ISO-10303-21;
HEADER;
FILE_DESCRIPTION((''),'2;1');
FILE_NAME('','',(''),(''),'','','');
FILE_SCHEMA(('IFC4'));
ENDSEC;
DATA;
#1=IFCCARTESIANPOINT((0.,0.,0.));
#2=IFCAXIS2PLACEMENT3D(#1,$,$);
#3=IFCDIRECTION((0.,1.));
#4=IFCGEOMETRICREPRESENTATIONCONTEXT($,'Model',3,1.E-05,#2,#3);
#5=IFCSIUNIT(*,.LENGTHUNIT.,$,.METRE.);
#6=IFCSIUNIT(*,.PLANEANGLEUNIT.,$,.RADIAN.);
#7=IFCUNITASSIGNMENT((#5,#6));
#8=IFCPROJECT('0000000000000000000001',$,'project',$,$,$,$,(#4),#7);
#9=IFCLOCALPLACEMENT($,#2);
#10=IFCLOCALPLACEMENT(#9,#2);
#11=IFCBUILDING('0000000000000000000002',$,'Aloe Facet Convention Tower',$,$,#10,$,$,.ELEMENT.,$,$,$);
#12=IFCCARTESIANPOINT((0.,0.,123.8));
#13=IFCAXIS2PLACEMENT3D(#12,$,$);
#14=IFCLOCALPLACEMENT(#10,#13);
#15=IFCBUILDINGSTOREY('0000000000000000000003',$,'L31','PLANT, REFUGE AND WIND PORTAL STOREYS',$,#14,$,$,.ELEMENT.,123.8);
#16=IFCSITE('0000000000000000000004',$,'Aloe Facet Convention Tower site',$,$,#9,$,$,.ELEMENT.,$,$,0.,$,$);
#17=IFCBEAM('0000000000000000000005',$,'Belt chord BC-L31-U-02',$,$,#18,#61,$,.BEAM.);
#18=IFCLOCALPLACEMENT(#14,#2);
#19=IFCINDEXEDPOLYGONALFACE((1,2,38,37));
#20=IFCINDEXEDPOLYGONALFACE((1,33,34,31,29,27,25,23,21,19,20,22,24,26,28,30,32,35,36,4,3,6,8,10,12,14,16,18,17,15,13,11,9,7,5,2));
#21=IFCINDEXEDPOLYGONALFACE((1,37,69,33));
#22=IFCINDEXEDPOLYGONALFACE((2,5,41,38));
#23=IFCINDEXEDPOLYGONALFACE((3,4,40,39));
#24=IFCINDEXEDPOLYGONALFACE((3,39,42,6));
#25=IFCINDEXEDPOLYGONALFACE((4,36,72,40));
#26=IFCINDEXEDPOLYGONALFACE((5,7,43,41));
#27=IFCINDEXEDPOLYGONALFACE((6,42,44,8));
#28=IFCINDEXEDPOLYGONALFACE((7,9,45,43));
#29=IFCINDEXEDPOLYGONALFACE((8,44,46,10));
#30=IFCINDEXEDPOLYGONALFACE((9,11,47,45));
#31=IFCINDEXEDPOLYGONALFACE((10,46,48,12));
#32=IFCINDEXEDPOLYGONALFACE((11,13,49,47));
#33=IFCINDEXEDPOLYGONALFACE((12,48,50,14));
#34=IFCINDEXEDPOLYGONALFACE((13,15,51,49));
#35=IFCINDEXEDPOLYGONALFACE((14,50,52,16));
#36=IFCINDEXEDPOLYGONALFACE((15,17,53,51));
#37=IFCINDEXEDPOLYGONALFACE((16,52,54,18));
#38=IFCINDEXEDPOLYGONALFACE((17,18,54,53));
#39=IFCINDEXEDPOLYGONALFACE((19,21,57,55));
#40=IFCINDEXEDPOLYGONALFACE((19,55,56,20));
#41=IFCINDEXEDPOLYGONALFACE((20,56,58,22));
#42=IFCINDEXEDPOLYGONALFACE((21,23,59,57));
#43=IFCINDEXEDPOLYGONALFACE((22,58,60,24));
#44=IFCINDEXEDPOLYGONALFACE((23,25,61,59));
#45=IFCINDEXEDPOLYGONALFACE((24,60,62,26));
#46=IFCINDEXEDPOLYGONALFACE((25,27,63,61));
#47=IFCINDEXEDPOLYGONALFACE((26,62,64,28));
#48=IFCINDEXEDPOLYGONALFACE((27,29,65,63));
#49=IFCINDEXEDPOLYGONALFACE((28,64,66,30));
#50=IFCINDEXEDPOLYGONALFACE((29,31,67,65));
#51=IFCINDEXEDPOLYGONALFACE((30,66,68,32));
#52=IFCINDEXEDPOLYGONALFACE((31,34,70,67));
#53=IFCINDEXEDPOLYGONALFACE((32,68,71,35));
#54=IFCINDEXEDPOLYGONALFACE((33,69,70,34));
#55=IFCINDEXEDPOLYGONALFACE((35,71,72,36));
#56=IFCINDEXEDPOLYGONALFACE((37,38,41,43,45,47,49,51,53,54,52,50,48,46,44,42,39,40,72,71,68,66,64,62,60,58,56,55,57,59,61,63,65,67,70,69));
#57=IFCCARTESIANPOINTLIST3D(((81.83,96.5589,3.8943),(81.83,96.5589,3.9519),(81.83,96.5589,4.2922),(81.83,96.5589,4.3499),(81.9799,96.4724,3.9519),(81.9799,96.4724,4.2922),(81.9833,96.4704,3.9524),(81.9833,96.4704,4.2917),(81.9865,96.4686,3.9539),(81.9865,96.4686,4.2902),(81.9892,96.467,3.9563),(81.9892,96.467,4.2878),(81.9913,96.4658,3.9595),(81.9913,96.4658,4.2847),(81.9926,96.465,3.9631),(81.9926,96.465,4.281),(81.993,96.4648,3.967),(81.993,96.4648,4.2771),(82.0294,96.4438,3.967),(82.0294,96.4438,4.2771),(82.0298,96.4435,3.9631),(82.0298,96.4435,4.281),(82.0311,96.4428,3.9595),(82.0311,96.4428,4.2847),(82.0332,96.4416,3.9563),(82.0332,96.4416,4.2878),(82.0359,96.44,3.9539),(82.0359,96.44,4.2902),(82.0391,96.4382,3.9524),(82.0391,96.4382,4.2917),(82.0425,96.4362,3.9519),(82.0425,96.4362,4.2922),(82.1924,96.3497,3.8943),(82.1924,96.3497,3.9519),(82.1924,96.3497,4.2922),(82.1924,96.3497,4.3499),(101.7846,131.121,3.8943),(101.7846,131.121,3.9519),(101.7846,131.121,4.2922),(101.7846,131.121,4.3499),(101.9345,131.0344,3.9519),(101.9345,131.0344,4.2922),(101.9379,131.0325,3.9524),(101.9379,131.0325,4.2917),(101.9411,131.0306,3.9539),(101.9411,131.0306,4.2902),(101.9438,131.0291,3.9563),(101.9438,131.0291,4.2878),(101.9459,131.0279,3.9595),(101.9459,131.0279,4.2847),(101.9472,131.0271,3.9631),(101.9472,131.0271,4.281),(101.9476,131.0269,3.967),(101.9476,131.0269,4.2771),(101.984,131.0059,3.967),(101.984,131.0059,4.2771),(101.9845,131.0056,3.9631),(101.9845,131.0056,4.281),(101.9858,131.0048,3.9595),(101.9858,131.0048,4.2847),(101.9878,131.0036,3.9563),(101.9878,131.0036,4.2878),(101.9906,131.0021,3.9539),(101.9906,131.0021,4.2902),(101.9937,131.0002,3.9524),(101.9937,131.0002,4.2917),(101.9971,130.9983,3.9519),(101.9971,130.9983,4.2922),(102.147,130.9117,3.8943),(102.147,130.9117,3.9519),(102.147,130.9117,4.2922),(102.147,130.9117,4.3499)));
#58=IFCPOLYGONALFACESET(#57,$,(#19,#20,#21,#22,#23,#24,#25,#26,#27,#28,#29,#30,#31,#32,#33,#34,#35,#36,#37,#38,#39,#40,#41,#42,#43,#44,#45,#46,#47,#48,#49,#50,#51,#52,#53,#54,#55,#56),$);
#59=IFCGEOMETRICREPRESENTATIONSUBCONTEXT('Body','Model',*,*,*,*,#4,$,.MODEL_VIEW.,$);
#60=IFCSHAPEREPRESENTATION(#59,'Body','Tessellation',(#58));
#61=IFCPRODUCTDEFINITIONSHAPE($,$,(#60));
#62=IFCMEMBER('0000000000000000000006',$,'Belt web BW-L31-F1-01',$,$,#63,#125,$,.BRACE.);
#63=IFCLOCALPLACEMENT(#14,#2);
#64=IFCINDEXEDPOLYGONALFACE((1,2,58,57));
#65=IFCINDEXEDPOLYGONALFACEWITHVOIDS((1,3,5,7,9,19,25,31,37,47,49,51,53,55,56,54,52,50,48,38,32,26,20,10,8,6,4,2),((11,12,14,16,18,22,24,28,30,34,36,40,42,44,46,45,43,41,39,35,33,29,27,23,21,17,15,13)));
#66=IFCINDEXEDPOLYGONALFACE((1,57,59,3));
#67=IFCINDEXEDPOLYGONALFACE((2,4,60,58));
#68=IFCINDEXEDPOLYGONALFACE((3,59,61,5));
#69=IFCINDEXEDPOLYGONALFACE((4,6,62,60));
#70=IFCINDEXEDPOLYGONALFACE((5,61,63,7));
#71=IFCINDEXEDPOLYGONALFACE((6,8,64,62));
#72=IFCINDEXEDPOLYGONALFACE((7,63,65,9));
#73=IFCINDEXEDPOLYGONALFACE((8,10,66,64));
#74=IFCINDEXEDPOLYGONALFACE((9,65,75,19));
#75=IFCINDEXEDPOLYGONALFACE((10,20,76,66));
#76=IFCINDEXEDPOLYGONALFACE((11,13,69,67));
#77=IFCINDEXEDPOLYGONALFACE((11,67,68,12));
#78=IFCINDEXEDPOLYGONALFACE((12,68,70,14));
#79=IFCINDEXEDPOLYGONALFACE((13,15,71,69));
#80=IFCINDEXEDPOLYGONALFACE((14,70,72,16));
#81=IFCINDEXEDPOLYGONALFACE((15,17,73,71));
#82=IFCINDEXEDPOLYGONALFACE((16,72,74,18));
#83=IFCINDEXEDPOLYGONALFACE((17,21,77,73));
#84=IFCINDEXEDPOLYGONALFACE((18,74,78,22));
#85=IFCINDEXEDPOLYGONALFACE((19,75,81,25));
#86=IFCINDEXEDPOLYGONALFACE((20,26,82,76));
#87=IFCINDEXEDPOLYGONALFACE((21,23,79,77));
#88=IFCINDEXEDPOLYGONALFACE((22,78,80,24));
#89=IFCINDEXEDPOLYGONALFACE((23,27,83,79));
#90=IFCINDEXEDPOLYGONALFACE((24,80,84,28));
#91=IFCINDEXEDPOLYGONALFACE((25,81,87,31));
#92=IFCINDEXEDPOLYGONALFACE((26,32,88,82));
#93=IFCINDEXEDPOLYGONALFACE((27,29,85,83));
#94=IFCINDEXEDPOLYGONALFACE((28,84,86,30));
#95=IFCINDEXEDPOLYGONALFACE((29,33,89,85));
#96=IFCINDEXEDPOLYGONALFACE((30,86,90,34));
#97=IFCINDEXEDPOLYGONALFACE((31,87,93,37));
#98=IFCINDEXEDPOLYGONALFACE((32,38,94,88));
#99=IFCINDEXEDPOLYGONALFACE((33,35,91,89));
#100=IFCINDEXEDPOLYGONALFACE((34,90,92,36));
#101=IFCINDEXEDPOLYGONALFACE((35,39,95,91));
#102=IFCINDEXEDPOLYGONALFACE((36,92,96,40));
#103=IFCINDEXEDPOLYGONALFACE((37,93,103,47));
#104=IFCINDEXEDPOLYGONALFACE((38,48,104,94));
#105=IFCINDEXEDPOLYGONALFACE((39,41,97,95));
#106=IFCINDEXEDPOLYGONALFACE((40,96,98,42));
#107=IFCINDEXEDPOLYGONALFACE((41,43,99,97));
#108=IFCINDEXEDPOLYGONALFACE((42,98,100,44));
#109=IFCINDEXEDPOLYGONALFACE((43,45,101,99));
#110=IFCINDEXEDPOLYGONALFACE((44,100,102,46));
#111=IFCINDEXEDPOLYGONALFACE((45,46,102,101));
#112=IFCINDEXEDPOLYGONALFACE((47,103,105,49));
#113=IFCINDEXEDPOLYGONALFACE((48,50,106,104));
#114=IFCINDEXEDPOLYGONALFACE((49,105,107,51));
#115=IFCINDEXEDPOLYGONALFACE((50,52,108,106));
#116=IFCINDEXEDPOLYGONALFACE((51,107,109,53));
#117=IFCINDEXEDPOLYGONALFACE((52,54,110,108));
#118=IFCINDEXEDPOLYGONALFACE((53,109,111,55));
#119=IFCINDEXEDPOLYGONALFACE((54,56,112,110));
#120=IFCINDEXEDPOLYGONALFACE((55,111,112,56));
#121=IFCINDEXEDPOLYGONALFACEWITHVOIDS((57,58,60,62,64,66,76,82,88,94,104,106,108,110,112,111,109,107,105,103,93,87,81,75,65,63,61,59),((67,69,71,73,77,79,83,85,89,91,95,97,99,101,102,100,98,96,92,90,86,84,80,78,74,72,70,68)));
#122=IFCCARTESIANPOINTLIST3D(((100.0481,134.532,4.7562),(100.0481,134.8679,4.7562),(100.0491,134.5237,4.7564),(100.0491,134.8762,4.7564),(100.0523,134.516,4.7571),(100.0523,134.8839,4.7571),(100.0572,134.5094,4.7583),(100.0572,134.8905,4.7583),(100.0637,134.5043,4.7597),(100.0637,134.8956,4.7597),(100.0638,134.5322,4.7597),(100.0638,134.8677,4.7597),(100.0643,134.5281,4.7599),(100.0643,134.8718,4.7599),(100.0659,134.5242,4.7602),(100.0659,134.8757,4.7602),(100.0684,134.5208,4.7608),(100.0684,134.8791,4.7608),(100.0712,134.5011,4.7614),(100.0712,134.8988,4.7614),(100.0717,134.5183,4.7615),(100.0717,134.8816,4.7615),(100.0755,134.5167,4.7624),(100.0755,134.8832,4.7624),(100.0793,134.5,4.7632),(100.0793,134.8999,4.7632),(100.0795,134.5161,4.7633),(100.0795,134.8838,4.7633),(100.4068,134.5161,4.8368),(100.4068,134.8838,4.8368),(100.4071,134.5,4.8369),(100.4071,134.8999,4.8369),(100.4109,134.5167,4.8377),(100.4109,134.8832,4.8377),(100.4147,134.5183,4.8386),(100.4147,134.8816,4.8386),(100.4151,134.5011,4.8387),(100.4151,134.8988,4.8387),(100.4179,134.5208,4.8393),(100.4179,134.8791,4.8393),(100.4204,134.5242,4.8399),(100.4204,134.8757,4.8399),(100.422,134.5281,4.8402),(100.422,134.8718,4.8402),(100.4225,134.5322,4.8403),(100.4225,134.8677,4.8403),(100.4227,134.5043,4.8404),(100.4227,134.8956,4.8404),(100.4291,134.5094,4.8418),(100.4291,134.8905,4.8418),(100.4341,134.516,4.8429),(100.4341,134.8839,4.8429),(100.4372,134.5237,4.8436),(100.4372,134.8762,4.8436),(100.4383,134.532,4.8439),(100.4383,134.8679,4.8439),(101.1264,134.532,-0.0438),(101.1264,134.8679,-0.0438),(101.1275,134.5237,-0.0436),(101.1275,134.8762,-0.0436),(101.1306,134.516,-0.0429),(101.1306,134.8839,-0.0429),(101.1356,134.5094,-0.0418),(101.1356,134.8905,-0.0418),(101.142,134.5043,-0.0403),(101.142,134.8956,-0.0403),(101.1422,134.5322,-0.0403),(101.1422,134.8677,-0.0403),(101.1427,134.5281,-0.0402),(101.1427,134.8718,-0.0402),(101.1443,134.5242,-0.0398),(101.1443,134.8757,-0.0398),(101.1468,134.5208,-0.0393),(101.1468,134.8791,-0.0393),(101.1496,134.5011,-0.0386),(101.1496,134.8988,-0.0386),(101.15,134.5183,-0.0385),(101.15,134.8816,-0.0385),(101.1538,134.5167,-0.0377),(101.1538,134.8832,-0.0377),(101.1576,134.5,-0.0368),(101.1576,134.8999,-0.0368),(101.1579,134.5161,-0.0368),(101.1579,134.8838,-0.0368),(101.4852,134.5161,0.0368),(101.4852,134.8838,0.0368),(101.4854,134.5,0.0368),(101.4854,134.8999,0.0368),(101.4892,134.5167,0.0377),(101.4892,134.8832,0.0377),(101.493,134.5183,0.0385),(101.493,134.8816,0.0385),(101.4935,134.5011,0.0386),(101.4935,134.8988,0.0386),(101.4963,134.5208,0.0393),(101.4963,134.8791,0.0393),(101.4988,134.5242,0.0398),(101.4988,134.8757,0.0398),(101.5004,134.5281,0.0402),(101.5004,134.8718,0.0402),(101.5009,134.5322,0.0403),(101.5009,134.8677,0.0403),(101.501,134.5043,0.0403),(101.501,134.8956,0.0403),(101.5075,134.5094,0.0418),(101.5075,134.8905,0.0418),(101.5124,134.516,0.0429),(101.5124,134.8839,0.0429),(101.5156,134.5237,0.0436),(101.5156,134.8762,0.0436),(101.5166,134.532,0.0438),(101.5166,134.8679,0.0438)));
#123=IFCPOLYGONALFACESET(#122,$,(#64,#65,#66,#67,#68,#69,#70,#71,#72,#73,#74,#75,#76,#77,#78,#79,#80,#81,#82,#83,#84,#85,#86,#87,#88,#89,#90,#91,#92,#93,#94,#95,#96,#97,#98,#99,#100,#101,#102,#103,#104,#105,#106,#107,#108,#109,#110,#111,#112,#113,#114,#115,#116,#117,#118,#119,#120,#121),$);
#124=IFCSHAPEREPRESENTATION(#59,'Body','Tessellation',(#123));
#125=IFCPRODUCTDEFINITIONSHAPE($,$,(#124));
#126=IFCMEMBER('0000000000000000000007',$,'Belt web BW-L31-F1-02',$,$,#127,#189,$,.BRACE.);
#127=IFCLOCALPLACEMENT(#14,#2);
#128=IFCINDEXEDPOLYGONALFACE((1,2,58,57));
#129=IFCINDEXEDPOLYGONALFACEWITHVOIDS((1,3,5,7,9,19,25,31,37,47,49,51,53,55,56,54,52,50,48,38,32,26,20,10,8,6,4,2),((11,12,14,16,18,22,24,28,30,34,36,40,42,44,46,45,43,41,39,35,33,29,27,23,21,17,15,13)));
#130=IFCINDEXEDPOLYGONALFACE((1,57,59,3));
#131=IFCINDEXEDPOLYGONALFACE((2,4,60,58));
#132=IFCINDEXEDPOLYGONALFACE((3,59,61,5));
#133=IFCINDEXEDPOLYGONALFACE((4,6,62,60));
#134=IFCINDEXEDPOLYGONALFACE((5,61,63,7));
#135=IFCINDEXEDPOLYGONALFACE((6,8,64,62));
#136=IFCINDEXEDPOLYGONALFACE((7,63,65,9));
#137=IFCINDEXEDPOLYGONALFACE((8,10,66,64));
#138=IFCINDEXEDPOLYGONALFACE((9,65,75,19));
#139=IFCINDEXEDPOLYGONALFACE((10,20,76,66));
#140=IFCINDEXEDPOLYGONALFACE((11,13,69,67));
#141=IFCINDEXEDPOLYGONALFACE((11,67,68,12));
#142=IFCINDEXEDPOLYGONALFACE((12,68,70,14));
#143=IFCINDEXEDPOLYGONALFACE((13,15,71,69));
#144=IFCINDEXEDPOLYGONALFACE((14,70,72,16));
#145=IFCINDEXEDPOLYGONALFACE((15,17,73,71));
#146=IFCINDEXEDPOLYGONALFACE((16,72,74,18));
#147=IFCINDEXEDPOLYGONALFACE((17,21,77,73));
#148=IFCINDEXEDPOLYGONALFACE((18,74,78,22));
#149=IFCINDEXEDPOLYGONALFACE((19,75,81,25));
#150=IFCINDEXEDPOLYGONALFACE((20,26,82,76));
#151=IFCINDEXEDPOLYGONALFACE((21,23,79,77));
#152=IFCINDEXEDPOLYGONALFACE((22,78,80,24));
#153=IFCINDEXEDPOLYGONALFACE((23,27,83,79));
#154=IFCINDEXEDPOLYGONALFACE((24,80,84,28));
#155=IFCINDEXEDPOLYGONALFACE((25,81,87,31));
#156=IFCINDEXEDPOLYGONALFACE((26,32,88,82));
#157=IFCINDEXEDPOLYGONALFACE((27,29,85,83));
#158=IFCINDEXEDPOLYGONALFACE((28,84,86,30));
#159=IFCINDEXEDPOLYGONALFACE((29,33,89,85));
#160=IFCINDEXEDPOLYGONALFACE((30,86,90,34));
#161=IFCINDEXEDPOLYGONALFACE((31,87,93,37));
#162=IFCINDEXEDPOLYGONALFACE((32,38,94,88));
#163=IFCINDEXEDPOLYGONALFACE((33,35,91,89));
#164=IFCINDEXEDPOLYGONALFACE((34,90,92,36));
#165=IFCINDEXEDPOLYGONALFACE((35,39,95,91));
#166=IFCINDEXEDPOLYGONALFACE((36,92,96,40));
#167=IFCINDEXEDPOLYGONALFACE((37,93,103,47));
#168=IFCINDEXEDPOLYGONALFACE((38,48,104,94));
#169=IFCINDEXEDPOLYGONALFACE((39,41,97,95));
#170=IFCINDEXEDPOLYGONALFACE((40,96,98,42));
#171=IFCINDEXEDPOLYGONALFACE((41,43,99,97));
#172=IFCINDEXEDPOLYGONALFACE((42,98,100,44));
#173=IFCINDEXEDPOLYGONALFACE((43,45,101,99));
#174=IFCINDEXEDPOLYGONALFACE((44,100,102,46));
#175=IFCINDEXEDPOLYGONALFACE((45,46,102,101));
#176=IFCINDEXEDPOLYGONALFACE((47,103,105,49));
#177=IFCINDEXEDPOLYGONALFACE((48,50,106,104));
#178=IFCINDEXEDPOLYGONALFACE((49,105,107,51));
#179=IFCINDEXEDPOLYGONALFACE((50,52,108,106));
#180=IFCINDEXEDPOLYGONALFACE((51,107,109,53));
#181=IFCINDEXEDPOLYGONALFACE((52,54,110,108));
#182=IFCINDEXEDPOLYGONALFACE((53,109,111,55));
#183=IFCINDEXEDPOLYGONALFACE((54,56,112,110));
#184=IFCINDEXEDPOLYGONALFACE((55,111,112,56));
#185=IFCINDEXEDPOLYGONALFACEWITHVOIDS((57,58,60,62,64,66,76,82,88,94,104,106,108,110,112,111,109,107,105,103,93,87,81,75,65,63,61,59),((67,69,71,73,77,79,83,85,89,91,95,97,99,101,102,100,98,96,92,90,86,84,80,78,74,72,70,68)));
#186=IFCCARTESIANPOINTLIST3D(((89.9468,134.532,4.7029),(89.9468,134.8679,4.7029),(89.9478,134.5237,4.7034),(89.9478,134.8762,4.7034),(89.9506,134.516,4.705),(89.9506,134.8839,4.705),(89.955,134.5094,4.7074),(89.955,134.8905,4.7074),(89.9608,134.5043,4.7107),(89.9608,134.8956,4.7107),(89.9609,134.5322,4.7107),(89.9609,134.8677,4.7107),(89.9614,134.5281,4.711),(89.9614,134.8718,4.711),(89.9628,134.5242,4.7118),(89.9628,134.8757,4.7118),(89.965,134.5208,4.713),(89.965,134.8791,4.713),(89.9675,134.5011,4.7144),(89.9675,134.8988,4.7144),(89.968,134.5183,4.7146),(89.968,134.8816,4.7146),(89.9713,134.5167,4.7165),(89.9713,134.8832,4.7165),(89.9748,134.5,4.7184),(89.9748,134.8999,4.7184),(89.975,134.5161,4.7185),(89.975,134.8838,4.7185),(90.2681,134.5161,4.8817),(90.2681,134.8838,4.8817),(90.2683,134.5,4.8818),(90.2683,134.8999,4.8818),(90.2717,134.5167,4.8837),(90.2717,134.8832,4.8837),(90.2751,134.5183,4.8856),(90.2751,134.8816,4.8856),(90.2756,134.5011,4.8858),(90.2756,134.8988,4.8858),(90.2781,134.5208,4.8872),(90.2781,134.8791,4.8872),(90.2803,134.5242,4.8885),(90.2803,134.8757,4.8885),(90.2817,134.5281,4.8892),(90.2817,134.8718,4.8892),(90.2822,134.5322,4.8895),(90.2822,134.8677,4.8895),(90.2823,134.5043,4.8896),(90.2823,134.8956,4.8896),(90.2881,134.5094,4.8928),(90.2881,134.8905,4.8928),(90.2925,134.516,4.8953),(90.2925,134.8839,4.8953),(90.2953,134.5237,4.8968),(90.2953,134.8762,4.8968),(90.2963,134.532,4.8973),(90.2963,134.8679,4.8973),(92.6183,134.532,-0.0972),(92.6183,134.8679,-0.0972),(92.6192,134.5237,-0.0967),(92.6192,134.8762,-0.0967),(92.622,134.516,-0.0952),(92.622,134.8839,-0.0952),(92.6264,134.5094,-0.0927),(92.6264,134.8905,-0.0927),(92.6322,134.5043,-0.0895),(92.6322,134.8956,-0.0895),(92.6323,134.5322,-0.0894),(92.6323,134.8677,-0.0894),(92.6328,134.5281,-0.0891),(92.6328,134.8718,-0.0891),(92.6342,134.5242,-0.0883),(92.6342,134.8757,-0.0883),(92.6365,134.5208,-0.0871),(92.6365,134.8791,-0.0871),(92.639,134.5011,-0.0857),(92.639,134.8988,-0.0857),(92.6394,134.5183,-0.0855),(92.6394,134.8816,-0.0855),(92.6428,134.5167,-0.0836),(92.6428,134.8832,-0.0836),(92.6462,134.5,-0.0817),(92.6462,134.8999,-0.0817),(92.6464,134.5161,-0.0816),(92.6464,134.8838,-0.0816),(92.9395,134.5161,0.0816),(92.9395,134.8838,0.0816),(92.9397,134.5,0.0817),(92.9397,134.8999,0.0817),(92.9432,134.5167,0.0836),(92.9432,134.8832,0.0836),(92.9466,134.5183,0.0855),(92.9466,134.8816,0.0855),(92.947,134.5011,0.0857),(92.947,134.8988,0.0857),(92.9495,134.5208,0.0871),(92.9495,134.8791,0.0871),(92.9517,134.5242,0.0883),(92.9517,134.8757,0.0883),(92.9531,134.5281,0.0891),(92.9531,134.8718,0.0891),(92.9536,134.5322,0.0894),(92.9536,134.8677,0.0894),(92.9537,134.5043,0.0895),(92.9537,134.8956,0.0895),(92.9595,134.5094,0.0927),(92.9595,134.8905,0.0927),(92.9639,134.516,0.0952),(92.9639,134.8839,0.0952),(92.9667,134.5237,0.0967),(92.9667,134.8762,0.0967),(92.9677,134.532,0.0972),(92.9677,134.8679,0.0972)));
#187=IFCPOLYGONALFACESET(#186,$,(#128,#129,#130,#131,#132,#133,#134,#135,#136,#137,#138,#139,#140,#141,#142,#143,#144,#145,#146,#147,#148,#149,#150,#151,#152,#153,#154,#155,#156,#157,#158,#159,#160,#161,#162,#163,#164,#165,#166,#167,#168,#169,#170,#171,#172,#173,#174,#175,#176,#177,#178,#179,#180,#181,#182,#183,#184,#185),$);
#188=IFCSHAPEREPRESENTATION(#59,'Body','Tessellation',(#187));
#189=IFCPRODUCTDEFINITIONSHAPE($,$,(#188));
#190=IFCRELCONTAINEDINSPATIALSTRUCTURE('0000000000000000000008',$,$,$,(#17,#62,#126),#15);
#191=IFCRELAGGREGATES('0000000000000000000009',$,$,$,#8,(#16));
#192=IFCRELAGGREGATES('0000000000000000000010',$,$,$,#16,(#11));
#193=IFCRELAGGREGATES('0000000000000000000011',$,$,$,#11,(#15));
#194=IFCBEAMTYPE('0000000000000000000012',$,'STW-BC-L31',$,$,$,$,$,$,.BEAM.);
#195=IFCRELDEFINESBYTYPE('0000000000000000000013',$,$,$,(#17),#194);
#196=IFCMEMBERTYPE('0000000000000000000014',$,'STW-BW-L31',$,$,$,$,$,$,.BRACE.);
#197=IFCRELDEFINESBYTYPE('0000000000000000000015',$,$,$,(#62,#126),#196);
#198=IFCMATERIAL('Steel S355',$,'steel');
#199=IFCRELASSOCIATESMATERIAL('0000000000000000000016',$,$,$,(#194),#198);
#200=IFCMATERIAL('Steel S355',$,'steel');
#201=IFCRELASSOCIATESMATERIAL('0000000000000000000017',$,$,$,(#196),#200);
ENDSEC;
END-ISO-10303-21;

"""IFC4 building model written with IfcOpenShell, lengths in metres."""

from ifc_helpers import new_model, si_unit, direction, frame, origin, origin_2d, place, context, subcontext, project, spatial, hollow_rectangle, i_section, extrude, material, material_profile, profile_set, type_object, element, save


model = new_model("IFC4")

# Units and contexts
model_context = context("Model", 3, precision=1e-05, world=origin(), true_north=direction((0.0, 1.0)))
body_context = subcontext(model_context, "Body", "Model", "MODEL_VIEW")
ifc_project = project(units=[si_unit("LENGTHUNIT", "METRE"), si_unit("PLANEANGLEUNIT", "RADIAN")], contexts=[model_context])

# Site, building, storey
site_placement = place(None, origin())
site = spatial("IfcSite", under=ifc_project, at=site_placement, Name="Aloe Facet Convention Tower site", CompositionType="ELEMENT", RefElevation=0.0)
building_placement = place(site_placement, origin())
building = spatial("IfcBuilding", under=site, at=building_placement, Name="Aloe Facet Convention Tower", CompositionType="ELEMENT")
storey_placement = place(building_placement, frame((0.0, 0.0, 123.8)))
storey = spatial("IfcBuildingStorey", under=building, at=storey_placement, Name="L31", Description="PLANT, REFUGE AND WIND PORTAL STOREYS", CompositionType="ELEMENT", Elevation=123.8)

# Beam
ifc_material_1 = material(Name="Steel S355", Category="steel")
ifc_material_profile_1 = material_profile(ifc_material_1, i_section(OverallWidth=0.4185, OverallDepth=0.4556, WebThickness=0.042, FlangeThickness=0.0576, FilletRadius=0.0151, at=origin_2d()), Name="UC 356x406x551")
ifc_profile_set_1 = profile_set([ifc_material_profile_1], Name="Steel S355")
beam_type_1 = type_object("IfcBeamType", Name="STW-BC-L31", PredefinedType="BEAM", material=ifc_profile_set_1)
beam_1_placement = place(storey_placement, frame((101.9658, 131.0164, 4.1221), z_axis=(-0.500004, -0.866023, 0.0), x_axis=(0.866023, -0.500004, 0.0)))
element("IfcBeam", 1, at=beam_1_placement, inside=storey, type_object=beam_type_1, Name="Belt chord BC-L31-U-02", PredefinedType="BEAM", context=body_context, shape_type="SweptSolid", body=[
    extrude(i_section(OverallWidth=0.4185, OverallDepth=0.4556, WebThickness=0.042, FlangeThickness=0.0576, FilletRadius=0.0151, at=origin_2d()), origin(), (0.0, 0.0, 1.0), 39.9089),
])

# Members
ifc_material_2 = material(Name="Steel S355", Category="steel")
ifc_material_profile_2 = material_profile(ifc_material_2, hollow_rectangle(XDim=0.3999, YDim=0.3999, WallThickness=0.0161, InnerFilletRadius=0.0161, OuterFilletRadius=0.032, at=origin_2d()), Name="SHS 400x400x16")
ifc_profile_set_2 = profile_set([ifc_material_profile_2], Name="Steel S355")
member_type_1 = type_object("IfcMemberType", Name="STW-BW-L31", PredefinedType="BRACE", material=ifc_profile_set_2)
member_1_placement = place(storey_placement, frame((101.3215, 134.7, 0.0), z_axis=(-0.219195, 0.0, 0.975681), x_axis=(0.0, -1.0, 0.0)))
element("IfcMember", 2, at=member_1_placement, inside=storey, type_object=member_type_1, Name="Belt web BW-L31-F1-01", PredefinedType="BRACE", context=body_context, shape_type="SweptSolid", body=[
    extrude(hollow_rectangle(XDim=0.3999, YDim=0.3999, WallThickness=0.0161, InnerFilletRadius=0.0161, OuterFilletRadius=0.032, at=origin_2d()), origin(), (0.0, 0.0, 1.0), 4.9197),
])
member_2_placement = place(storey_placement, frame((92.793, 134.7, 0.0), z_axis=(-0.486296, 0.0, 0.873794), x_axis=(0.0, -1.0, 0.0)))
element("IfcMember", 3, at=member_2_placement, inside=storey, type_object=member_type_1, Name="Belt web BW-L31-F1-02", PredefinedType="BRACE", context=body_context, shape_type="SweptSolid", body=[
    extrude(hollow_rectangle(XDim=0.3999, YDim=0.3999, WallThickness=0.0161, InnerFilletRadius=0.0161, OuterFilletRadius=0.032, at=origin_2d()), origin(), (0.0, 0.0, 1.0), 5.4934),
])

save(model, "model.ifc")
